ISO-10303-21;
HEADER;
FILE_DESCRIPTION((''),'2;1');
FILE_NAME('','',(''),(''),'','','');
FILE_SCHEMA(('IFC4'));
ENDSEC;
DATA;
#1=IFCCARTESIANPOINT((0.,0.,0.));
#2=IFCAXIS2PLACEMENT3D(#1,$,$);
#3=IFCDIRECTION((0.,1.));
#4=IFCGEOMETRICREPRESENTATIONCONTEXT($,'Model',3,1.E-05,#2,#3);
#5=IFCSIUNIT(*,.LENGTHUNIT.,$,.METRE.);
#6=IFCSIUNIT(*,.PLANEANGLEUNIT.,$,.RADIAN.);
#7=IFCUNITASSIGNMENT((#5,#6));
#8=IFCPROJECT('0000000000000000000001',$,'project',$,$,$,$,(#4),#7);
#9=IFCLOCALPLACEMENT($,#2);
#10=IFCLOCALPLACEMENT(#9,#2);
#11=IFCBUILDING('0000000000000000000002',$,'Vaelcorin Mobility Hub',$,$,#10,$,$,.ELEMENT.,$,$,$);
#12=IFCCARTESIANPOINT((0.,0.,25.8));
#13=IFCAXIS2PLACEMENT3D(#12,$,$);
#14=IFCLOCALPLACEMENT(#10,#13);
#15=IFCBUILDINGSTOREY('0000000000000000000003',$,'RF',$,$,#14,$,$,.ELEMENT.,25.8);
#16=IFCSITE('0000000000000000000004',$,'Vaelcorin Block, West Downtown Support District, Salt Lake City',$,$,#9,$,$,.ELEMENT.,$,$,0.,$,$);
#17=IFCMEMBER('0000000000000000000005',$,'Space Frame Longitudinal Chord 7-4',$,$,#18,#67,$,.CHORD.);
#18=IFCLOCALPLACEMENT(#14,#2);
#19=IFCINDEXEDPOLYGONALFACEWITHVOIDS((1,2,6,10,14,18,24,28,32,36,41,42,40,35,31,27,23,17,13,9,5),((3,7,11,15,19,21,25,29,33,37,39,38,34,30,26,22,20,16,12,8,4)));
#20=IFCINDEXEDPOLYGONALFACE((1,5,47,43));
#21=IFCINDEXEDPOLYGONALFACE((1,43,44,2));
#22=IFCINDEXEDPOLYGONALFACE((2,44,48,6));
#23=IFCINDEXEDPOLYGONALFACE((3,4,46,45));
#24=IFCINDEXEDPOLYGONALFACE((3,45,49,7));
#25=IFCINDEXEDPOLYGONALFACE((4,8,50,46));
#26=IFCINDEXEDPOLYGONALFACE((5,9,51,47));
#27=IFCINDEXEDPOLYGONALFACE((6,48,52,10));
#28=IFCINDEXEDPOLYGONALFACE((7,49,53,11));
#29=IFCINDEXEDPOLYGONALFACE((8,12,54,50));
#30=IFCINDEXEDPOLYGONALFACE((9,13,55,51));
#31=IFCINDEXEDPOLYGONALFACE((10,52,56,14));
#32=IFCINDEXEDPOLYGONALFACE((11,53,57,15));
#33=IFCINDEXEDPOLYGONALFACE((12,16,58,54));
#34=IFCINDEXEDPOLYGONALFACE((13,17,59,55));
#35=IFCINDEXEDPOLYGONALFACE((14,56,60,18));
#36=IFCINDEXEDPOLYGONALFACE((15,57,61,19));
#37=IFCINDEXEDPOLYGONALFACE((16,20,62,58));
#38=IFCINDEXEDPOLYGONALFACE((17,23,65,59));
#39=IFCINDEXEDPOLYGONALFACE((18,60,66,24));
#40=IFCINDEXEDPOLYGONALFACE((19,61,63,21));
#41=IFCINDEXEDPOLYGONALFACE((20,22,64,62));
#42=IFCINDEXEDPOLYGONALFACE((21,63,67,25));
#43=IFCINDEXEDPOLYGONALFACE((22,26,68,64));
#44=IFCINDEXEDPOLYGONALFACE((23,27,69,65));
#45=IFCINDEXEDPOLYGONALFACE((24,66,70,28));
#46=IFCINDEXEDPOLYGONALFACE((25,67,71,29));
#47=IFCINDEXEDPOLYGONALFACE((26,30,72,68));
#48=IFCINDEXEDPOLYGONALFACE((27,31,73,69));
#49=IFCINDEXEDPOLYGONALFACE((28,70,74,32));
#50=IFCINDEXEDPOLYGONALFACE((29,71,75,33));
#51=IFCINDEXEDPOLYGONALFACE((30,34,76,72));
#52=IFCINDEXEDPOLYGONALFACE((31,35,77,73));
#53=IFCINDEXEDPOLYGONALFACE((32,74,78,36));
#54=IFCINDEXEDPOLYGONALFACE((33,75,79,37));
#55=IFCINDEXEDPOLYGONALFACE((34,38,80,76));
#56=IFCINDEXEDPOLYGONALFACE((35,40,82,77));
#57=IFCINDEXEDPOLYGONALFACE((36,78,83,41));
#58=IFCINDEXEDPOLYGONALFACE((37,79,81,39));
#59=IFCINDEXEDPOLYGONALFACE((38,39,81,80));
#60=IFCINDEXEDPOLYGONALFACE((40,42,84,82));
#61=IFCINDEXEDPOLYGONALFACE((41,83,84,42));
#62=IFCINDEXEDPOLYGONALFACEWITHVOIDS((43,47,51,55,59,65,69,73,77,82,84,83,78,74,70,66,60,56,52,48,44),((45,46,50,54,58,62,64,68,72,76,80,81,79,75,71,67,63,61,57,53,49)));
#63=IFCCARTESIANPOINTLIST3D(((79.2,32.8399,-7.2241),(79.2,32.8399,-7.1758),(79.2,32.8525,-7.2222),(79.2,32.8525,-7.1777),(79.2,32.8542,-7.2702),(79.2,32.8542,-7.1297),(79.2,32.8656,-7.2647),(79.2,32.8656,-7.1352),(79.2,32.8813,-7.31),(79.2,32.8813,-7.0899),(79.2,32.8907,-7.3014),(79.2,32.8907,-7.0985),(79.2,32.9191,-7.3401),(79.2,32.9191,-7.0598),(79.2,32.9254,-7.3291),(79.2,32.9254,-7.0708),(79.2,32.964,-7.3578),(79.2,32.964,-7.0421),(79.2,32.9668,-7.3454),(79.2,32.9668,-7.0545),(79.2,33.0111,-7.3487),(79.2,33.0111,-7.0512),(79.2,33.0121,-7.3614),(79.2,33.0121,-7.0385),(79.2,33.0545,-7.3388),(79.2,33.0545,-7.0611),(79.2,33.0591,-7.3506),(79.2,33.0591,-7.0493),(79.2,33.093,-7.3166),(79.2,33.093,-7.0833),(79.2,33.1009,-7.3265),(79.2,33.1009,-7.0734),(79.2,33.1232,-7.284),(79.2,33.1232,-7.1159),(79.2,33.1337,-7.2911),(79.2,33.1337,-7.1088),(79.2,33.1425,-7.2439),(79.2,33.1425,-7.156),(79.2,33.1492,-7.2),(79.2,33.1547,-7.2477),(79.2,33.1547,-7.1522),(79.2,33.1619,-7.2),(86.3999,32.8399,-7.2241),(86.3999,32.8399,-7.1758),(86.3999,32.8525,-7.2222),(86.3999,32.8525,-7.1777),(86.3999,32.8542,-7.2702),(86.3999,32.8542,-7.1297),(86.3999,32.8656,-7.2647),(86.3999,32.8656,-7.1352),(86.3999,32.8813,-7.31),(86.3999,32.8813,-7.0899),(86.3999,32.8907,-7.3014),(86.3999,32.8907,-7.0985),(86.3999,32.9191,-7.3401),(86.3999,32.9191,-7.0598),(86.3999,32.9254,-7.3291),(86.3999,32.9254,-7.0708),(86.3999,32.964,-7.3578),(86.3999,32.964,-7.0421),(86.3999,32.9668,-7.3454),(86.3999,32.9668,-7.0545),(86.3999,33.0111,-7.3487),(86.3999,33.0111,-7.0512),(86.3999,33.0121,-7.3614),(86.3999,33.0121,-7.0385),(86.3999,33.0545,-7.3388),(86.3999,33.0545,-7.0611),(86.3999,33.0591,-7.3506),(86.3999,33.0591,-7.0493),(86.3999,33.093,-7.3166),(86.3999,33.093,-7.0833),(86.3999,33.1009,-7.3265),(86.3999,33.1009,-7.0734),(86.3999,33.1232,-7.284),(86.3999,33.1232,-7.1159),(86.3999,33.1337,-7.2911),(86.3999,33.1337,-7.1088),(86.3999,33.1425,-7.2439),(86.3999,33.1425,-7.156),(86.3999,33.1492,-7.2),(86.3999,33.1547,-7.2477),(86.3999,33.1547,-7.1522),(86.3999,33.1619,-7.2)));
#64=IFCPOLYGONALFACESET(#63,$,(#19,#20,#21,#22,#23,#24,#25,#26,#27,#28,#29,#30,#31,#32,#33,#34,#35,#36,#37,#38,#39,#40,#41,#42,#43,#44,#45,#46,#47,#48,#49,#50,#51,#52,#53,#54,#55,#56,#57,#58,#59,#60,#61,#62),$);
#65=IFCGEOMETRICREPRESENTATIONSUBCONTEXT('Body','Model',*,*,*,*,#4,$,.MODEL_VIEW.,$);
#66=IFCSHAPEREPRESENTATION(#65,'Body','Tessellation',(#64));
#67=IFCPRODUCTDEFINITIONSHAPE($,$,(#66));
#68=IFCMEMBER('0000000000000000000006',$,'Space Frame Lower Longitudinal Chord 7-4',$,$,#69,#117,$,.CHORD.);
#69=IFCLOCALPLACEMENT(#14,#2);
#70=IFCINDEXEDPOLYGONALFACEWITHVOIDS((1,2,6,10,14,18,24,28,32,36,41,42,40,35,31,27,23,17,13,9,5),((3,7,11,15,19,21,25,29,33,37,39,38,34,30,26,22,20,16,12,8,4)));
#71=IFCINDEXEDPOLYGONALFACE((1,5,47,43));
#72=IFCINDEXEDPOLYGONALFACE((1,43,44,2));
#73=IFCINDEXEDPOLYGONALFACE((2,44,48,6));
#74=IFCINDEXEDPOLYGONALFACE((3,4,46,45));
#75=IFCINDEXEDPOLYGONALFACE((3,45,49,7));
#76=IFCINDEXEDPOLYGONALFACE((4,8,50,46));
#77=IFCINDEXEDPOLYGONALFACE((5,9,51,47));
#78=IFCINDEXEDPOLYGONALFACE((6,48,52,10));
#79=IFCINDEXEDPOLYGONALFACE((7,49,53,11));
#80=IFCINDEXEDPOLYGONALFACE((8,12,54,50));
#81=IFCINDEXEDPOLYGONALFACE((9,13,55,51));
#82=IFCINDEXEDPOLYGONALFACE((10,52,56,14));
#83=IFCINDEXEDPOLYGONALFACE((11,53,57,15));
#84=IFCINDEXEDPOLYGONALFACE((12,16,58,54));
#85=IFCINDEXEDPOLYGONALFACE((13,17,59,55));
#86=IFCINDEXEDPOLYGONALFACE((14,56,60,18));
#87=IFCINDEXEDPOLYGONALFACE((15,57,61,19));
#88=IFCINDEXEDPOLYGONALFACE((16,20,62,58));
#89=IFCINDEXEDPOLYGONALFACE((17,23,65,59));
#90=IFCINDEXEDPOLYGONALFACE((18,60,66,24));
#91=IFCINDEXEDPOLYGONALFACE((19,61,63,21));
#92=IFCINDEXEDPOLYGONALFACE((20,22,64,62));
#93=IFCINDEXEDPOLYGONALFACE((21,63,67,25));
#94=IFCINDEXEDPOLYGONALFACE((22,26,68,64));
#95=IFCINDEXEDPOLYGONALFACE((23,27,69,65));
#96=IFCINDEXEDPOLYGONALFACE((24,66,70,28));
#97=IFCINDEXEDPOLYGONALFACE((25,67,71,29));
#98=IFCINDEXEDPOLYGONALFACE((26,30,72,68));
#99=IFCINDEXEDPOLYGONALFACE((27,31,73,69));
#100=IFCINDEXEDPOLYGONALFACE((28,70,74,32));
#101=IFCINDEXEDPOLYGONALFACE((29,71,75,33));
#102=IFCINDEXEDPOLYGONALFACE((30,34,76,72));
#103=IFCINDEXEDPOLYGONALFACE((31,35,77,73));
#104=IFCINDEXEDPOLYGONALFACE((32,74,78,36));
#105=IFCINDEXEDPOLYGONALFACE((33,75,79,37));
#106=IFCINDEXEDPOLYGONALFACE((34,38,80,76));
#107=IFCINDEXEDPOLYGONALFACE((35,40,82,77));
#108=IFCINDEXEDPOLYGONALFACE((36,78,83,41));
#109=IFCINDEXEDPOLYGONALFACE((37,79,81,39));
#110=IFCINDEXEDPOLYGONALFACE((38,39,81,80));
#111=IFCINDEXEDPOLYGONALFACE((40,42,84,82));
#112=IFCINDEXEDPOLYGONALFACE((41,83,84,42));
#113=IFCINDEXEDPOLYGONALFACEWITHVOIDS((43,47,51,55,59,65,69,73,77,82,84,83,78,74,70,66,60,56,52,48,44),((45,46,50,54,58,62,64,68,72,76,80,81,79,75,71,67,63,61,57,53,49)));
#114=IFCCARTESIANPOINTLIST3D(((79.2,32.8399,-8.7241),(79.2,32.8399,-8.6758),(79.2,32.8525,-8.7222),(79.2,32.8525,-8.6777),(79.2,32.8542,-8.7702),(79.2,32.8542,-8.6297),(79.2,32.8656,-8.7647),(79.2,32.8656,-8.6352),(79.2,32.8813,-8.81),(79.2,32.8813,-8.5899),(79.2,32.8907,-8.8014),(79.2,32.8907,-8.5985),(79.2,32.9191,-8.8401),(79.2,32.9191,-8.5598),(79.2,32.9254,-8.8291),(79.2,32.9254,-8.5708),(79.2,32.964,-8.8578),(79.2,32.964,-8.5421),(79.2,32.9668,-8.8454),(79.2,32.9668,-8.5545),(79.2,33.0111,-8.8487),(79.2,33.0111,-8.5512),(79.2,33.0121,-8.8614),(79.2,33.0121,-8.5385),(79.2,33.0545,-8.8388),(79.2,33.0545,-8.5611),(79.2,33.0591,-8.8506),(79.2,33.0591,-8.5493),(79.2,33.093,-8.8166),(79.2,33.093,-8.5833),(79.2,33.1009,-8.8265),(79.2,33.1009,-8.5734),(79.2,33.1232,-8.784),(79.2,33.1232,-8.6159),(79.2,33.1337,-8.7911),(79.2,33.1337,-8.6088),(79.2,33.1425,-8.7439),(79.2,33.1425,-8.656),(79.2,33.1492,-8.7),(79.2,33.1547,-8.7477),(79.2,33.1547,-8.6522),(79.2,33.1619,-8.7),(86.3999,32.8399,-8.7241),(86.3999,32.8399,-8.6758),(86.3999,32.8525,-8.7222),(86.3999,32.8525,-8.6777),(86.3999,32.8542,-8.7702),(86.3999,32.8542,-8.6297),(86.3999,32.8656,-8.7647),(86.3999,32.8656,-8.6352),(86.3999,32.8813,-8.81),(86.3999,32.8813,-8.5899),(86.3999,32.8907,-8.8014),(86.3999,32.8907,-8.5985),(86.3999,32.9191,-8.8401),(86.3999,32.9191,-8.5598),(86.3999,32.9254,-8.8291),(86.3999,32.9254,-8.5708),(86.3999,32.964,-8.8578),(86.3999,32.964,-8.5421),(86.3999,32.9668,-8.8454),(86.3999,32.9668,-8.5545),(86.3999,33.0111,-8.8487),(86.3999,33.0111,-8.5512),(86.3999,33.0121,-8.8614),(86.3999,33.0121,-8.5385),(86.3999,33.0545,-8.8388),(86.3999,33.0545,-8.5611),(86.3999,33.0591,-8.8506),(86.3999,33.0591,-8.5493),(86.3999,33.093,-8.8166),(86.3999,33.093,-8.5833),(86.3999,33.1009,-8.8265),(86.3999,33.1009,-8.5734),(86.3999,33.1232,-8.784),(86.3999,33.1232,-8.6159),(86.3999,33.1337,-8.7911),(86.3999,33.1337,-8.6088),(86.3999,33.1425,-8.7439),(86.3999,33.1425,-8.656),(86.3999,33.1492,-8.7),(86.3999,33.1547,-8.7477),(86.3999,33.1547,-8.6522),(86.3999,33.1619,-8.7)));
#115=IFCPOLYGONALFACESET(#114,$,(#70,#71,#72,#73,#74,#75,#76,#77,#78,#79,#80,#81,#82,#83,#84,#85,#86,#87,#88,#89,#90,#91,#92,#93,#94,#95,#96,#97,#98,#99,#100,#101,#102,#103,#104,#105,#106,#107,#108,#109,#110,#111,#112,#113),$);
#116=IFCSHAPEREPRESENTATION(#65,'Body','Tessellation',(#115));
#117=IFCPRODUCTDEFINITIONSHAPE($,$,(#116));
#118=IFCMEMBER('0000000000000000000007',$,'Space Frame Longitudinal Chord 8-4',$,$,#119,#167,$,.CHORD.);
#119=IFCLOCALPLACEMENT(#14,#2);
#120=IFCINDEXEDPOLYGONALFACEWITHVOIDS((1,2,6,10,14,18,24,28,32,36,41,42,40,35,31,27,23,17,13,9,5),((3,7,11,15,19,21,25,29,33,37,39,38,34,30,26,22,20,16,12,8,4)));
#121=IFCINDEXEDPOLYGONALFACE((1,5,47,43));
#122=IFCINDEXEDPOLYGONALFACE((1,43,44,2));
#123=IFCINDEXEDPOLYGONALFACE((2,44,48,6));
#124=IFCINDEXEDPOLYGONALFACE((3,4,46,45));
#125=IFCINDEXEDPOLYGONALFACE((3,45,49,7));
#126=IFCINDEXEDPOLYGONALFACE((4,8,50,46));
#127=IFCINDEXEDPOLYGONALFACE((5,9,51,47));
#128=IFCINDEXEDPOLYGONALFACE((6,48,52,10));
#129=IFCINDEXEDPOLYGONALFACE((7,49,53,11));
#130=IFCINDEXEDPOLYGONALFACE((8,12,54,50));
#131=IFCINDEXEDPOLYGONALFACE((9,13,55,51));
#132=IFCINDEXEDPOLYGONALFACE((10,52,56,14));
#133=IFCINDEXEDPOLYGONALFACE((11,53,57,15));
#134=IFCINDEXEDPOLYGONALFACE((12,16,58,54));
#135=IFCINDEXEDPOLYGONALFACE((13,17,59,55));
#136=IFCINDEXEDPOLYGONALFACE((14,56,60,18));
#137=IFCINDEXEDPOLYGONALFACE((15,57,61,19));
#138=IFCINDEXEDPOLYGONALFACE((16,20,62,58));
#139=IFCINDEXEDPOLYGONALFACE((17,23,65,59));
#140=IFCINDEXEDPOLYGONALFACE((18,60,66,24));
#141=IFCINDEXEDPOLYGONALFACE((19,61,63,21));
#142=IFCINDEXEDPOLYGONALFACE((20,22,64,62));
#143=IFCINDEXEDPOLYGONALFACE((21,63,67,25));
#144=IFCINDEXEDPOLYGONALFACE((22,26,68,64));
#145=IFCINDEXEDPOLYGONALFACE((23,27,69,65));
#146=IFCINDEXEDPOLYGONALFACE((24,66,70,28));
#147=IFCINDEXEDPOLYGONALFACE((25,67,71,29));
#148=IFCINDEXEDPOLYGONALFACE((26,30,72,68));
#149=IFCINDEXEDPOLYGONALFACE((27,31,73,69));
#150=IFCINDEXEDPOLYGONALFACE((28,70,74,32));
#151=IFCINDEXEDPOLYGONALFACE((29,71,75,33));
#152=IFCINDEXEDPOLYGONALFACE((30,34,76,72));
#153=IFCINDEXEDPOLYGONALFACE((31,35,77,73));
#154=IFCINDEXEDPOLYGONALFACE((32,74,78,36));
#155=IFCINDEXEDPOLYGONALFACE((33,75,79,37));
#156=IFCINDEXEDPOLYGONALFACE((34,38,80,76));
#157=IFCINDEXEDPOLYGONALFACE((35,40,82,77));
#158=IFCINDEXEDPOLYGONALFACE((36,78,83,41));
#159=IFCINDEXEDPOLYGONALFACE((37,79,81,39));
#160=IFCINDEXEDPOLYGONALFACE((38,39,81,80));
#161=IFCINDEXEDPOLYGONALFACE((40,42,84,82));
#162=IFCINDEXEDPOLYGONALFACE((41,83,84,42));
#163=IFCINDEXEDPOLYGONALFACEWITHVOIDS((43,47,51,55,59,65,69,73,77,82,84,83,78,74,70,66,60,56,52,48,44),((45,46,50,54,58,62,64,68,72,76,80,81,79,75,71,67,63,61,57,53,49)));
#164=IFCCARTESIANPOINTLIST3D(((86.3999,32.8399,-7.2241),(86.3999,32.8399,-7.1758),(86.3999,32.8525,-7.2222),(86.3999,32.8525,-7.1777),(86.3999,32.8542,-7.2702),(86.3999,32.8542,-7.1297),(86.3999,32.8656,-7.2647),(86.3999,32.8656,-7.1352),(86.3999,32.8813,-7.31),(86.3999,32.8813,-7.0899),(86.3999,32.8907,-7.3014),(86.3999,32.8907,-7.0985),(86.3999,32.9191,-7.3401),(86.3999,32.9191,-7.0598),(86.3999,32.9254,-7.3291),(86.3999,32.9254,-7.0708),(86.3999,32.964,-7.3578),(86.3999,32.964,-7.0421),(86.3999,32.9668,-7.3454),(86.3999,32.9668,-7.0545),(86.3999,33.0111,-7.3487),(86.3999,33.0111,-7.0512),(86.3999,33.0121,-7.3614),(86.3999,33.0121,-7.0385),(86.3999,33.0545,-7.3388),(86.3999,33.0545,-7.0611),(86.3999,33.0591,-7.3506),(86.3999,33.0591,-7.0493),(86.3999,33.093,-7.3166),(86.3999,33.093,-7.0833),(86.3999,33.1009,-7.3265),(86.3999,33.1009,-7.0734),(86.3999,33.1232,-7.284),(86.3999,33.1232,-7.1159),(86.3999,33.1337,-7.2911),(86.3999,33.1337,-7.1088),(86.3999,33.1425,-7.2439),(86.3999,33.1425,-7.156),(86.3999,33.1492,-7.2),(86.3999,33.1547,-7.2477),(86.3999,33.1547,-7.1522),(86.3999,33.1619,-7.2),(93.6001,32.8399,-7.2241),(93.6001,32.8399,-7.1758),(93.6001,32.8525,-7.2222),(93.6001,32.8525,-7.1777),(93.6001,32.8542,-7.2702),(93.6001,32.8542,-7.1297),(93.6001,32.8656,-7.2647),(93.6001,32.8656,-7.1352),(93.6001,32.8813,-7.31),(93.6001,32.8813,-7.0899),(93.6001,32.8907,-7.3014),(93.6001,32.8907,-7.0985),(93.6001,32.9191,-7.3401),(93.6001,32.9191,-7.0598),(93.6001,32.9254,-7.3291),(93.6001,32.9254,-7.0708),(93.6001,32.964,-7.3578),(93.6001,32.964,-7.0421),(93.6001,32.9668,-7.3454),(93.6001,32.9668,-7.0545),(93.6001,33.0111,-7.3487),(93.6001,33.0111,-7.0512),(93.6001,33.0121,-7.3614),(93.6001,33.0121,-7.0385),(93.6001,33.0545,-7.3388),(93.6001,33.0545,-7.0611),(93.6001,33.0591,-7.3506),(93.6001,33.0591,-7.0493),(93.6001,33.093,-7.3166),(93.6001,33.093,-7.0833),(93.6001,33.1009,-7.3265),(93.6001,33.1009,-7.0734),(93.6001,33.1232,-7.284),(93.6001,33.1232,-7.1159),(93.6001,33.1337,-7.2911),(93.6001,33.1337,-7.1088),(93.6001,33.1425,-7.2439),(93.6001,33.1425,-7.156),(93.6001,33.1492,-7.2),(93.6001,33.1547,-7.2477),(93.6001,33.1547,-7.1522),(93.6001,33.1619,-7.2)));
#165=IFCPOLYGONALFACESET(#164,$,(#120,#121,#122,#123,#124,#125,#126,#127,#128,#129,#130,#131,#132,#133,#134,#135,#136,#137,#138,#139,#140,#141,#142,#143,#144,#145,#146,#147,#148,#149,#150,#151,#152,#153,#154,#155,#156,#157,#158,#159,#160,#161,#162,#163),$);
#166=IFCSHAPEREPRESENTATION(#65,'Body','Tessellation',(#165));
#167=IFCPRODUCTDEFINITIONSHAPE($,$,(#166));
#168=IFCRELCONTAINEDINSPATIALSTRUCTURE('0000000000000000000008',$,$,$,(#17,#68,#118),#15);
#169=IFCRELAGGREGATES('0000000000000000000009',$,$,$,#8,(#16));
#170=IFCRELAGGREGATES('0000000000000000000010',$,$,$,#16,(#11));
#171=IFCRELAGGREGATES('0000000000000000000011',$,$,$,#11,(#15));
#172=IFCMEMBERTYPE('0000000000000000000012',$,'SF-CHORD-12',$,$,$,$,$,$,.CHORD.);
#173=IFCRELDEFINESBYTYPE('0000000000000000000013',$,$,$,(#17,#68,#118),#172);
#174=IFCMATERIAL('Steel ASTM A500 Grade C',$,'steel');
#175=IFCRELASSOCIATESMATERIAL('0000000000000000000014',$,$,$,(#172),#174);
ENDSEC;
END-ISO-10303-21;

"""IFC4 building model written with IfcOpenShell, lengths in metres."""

from ifc_helpers import new_model, si_unit, direction, frame, origin, origin_2d, place, context, subcontext, project, spatial, hollow_circle, extrude, material, material_profile, profile_set, type_object, element, save


model = new_model("IFC4")

# Units and contexts
model_context = context("Model", 3, precision=1e-05, world=origin(), true_north=direction((0.0, 1.0)))
body_context = subcontext(model_context, "Body", "Model", "MODEL_VIEW")
ifc_project = project(units=[si_unit("LENGTHUNIT", "METRE"), si_unit("PLANEANGLEUNIT", "RADIAN")], contexts=[model_context])

# Site, building, storey
site_placement = place(None, origin())
site = spatial("IfcSite", under=ifc_project, at=site_placement, Name="Vaelcorin Block, West Downtown Support District, Salt Lake City", CompositionType="ELEMENT", RefElevation=0.0)
building_placement = place(site_placement, origin())
building = spatial("IfcBuilding", under=site, at=building_placement, Name="Vaelcorin Mobility Hub", CompositionType="ELEMENT")
storey_placement = place(building_placement, frame((0.0, 0.0, 25.8)))
storey = spatial("IfcBuildingStorey", under=building, at=storey_placement, Name="RF", CompositionType="ELEMENT", Elevation=25.8)

# Members
ifc_material_1 = material(Name="Steel ASTM A500 Grade C", Category="steel")
ifc_material_profile_1 = material_profile(ifc_material_1, hollow_circle(Radius=0.1619, WallThickness=0.0127, at=origin_2d()), Name="HSS12.750X0.500")
ifc_profile_set_1 = profile_set([ifc_material_profile_1], Name="Steel ASTM A500 Grade C")
member_type_1 = type_object("IfcMemberType", Name="SF-CHORD-12", PredefinedType="CHORD", material=ifc_profile_set_1)
for number, where, z_axis, x_axis, name in (
    (1, (79.2, 33.0, -7.2), (1.0, 0.0, 0.0), (0.0, 1.0, 0.0), "Space Frame Longitudinal Chord 7-4"),
    (2, (79.2, 33.0, -8.7), (1.0, 0.0, 0.0), (0.0, 1.0, 0.0), "Space Frame Lower Longitudinal Chord 7-4"),
):
    element("IfcMember", number, at=place(storey_placement, frame(where, z_axis=z_axis, x_axis=x_axis)), inside=storey, type_object=member_type_1, Name=name, PredefinedType="CHORD", context=body_context, shape_type="SweptSolid", body=[
        extrude(hollow_circle(Radius=0.1619, WallThickness=0.0127, at=origin_2d()), origin(), (0.0, 0.0, 1.0), 7.2),
    ])
for number, where, z_axis, x_axis, name in (
    (3, (86.3999, 33.0, -7.2), (1.0, 0.0, 0.0), (0.0, 1.0, 0.0), "Space Frame Longitudinal Chord 8-4"),
):
    element("IfcMember", number, at=place(storey_placement, frame(where, z_axis=z_axis, x_axis=x_axis)), inside=storey, type_object=member_type_1, Name=name, PredefinedType="CHORD", context=body_context, shape_type="SweptSolid", body=[
        extrude(hollow_circle(Radius=0.1619, WallThickness=0.0127, at=origin_2d()), origin(), (0.0, 0.0, 1.0), 7.2002),
    ])

save(model, "model.ifc")
